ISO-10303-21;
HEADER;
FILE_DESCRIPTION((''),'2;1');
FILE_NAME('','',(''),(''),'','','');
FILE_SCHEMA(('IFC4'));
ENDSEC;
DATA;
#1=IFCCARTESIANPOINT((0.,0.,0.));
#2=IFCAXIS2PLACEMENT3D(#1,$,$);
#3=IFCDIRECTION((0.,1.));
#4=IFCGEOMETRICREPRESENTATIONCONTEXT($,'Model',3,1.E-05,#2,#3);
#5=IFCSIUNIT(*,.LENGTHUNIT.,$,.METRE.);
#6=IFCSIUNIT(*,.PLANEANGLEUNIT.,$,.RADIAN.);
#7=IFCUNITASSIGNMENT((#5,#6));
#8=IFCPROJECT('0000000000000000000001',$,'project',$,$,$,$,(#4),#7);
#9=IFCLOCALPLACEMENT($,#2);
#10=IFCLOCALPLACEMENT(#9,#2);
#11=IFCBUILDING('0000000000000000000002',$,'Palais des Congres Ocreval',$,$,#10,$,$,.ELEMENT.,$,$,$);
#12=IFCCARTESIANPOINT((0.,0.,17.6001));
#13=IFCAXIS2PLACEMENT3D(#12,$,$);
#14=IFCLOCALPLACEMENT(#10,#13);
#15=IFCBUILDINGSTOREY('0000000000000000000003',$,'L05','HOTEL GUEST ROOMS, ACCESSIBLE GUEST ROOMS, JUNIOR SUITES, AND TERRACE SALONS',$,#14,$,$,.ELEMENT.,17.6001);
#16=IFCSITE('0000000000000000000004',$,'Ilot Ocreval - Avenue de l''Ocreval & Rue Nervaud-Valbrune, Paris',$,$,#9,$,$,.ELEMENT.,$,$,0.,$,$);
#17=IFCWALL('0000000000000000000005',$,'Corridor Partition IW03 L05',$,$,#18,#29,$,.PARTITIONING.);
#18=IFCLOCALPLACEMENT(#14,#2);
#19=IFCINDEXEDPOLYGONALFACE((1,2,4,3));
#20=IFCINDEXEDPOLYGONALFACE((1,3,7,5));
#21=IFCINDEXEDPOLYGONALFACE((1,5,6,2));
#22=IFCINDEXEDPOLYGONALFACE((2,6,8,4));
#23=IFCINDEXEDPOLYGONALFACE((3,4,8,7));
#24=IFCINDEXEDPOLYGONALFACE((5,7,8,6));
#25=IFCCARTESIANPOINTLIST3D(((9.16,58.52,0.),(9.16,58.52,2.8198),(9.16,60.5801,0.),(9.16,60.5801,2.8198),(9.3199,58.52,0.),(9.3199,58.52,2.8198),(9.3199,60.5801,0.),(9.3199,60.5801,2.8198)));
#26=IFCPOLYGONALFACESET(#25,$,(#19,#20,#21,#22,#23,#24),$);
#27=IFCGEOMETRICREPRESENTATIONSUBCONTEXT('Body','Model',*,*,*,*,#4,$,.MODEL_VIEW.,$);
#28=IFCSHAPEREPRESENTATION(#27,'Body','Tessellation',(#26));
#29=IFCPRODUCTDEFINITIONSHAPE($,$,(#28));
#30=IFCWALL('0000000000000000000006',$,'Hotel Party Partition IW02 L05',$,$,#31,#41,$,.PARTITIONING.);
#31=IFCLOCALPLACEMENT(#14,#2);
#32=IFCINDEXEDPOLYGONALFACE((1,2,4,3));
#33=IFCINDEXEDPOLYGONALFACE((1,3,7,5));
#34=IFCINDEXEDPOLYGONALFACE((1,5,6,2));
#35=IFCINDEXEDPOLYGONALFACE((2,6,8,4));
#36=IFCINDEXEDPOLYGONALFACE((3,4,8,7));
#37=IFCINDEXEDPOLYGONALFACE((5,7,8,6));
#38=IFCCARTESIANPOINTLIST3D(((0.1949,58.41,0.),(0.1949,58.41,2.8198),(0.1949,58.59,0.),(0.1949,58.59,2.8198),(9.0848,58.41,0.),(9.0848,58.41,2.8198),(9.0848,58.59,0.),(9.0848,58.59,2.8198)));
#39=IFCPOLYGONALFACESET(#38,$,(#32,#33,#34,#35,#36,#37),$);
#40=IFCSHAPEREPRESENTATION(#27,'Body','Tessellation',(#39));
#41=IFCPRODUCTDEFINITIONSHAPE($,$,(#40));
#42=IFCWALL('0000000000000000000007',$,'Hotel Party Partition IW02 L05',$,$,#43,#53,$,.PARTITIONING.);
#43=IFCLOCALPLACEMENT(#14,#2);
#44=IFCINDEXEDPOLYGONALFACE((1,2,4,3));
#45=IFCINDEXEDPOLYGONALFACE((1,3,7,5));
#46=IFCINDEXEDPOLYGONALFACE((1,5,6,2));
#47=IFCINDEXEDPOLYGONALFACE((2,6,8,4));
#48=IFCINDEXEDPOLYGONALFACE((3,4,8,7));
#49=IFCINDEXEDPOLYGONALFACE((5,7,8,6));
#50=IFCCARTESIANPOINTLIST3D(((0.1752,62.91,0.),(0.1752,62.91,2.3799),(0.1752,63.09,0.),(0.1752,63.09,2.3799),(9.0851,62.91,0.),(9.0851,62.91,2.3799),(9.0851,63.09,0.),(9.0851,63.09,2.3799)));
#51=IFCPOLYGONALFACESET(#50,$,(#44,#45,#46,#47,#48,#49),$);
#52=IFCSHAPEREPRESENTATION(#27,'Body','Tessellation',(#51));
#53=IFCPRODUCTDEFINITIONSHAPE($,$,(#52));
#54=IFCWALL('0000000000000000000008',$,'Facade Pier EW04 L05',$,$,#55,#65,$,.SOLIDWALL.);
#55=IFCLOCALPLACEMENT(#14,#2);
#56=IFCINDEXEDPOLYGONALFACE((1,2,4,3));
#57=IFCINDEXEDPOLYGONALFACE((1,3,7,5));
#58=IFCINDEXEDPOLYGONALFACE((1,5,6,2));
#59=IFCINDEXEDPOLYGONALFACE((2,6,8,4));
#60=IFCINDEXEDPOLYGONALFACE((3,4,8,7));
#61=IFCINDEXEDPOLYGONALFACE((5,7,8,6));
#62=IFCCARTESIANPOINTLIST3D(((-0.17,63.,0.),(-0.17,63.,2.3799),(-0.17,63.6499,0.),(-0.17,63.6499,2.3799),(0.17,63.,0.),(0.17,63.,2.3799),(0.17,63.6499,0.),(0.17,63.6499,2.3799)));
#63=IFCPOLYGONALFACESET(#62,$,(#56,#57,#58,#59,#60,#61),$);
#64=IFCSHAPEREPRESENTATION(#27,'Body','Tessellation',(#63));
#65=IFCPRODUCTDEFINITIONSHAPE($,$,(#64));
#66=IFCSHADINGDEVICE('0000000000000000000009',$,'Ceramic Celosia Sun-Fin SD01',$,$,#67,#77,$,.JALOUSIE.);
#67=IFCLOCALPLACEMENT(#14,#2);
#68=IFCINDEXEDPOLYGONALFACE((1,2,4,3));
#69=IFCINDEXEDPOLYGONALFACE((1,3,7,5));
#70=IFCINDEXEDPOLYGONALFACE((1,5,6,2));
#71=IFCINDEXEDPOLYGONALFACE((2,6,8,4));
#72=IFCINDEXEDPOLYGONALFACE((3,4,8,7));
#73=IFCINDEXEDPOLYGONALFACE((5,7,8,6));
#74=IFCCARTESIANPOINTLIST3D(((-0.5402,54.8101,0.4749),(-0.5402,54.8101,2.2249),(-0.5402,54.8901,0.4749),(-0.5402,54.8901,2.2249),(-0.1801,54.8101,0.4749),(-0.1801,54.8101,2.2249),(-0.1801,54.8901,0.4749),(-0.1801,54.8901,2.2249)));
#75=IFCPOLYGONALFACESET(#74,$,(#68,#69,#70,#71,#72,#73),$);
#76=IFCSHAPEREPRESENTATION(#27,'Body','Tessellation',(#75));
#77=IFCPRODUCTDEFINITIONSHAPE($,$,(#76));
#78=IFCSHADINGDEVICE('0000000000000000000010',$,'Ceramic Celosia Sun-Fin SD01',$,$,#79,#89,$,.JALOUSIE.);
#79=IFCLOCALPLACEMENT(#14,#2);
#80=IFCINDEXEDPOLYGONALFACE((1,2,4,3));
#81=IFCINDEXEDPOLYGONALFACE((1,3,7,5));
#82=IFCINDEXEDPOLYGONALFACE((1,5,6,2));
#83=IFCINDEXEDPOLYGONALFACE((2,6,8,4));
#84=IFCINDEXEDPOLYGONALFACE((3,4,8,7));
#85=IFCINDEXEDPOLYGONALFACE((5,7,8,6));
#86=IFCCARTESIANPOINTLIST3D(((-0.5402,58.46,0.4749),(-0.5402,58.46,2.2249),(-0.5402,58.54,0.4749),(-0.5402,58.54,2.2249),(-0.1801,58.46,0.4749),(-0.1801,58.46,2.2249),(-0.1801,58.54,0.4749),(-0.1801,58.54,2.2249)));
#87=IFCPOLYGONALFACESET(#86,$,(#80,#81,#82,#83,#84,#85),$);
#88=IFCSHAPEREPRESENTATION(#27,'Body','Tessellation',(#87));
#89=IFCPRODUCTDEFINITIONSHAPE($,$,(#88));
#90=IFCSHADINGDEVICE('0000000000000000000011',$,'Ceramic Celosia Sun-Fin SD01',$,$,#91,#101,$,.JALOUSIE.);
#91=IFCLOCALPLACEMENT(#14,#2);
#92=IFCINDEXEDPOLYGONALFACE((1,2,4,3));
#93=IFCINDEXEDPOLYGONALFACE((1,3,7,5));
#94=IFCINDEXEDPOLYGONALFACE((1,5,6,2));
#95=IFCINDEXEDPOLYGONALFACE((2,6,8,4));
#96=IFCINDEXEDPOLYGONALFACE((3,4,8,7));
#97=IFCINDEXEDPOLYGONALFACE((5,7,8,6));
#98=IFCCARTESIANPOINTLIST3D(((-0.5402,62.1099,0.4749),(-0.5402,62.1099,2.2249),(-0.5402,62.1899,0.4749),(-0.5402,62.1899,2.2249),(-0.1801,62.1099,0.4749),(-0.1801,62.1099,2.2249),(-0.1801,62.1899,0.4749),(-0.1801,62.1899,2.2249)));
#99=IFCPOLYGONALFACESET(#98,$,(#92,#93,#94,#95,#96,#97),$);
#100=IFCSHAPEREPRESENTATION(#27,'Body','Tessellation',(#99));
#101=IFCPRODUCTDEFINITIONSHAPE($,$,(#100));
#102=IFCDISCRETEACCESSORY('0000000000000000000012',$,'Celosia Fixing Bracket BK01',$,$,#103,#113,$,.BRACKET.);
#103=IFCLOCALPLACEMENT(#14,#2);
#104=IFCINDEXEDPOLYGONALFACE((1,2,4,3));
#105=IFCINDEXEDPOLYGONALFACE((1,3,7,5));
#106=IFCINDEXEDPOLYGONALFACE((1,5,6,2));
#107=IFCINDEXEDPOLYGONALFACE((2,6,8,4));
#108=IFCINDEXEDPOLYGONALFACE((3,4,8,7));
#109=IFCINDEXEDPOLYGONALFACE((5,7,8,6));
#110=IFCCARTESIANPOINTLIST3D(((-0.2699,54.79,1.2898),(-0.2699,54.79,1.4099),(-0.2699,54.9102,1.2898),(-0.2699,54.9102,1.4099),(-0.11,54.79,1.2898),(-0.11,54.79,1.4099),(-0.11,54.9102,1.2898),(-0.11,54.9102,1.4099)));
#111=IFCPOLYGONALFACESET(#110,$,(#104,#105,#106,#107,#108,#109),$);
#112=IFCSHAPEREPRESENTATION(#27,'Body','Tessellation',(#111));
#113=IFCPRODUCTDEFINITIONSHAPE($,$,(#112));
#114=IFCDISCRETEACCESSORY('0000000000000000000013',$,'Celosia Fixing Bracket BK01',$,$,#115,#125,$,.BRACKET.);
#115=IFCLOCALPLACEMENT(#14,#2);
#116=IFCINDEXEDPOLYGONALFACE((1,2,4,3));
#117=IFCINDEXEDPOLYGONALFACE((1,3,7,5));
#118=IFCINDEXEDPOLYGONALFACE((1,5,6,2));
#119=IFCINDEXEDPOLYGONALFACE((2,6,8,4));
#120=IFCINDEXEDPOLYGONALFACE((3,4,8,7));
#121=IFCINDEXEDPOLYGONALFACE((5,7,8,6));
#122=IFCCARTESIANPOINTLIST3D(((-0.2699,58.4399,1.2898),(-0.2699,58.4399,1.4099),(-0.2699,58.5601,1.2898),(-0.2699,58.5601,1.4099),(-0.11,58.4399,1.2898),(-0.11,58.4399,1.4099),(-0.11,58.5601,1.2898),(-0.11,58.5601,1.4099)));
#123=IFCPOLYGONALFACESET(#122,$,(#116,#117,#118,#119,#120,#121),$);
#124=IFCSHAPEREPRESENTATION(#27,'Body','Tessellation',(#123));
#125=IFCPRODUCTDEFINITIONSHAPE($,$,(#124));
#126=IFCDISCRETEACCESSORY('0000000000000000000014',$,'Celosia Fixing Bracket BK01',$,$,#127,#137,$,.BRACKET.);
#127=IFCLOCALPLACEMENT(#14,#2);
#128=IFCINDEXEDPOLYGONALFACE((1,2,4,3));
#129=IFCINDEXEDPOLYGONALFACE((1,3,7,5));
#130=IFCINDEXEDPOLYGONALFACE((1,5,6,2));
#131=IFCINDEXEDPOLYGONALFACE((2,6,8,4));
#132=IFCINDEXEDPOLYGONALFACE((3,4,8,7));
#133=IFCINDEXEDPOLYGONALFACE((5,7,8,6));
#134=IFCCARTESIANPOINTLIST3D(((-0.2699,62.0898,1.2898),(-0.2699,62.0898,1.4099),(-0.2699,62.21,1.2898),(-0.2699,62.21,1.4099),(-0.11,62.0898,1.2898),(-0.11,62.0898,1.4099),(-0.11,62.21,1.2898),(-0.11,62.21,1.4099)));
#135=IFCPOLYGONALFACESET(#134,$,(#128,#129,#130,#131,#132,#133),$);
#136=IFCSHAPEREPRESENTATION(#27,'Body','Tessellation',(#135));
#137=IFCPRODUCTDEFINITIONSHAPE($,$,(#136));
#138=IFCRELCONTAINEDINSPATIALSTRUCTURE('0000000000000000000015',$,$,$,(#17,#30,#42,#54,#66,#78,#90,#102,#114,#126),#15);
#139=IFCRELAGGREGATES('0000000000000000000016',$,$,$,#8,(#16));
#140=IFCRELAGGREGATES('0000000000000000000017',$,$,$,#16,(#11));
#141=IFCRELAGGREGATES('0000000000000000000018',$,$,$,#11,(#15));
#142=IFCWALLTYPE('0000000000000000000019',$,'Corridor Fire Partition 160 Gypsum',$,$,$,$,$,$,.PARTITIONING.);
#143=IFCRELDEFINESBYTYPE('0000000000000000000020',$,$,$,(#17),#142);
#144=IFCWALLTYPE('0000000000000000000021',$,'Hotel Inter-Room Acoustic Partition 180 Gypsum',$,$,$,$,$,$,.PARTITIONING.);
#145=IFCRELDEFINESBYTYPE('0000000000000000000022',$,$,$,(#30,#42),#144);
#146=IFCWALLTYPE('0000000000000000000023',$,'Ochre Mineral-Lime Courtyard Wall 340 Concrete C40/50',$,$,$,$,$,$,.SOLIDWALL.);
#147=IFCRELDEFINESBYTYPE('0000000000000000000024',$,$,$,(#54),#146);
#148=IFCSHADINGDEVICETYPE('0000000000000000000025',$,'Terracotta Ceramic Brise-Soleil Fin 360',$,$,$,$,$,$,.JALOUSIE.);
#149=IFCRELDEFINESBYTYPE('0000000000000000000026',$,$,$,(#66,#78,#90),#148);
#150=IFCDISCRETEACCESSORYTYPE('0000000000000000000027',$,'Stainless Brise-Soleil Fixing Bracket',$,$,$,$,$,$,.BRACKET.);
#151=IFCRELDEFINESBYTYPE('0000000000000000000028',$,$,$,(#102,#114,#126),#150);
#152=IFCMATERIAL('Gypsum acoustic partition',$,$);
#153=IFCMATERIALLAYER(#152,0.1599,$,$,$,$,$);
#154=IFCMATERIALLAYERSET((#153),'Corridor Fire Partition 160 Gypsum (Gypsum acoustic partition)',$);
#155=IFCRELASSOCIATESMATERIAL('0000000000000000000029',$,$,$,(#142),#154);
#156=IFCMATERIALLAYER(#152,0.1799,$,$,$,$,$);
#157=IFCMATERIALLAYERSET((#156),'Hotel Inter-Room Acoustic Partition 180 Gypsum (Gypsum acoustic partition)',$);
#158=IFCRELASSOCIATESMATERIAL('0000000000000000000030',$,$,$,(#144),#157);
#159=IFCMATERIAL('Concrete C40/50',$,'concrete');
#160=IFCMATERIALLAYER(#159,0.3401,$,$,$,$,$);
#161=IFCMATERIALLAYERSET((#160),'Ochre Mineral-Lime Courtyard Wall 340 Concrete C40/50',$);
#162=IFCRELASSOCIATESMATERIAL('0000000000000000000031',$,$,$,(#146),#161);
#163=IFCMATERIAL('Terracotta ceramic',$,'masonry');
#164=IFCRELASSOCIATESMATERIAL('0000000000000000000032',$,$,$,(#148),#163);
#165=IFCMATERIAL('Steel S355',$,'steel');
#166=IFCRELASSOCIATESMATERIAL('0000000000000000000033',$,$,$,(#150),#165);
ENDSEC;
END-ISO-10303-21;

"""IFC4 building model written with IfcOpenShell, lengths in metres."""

from ifc_helpers import new_model, si_unit, direction, frame, frame_2d, origin, origin_2d, place, context, subcontext, project, spatial, rectangle, extrude, material, layer, layer_set, type_object, element, save


model = new_model("IFC4")

# Units and contexts
model_context = context("Model", 3, precision=1e-05, world=origin(), true_north=direction((0.0, 1.0)))
body_context = subcontext(model_context, "Body", "Model", "MODEL_VIEW")
ifc_project = project(units=[si_unit("LENGTHUNIT", "METRE"), si_unit("PLANEANGLEUNIT", "RADIAN")], contexts=[model_context])

# Site, building, storey
site_placement = place(None, origin())
site = spatial("IfcSite", under=ifc_project, at=site_placement, Name="Ilot Ocreval - Avenue de l'Ocreval & Rue Nervaud-Valbrune, Paris", CompositionType="ELEMENT", RefElevation=0.0)
building_placement = place(site_placement, origin())
building = spatial("IfcBuilding", under=site, at=building_placement, Name="Palais des Congres Ocreval", CompositionType="ELEMENT")
storey_placement = place(building_placement, frame((0.0, 0.0, 17.6001)))
storey = spatial("IfcBuildingStorey", under=building, at=storey_placement, Name="L05", Description="HOTEL GUEST ROOMS, ACCESSIBLE GUEST ROOMS, JUNIOR SUITES, AND TERRACE SALONS", CompositionType="ELEMENT", Elevation=17.6001)

# Shared definitions
ifc_material_1 = material(Name="Steel S355", Category="steel")
ifc_material_2 = material(Name="Concrete C40/50", Category="concrete")

# Wall
ifc_material_3 = material(Name="Gypsum acoustic partition")
ifc_layer_1 = layer(ifc_material_3, 0.1599)
ifc_layer_set_1 = layer_set([ifc_layer_1], Name="Corridor Fire Partition 160 Gypsum (Gypsum acoustic partition)")
wall_type_1 = type_object("IfcWallType", Name="Corridor Fire Partition 160 Gypsum", PredefinedType="PARTITIONING", material=ifc_layer_set_1)
wall_1_placement = place(storey_placement, frame((9.24, 58.52, 0.0), z_axis=(0.0, 0.0, 1.0), x_axis=(0.0, 1.0, 0.0)))
element("IfcWall", 1, at=wall_1_placement, inside=storey, type_object=wall_type_1, Name="Corridor Partition IW03 L05", PredefinedType="PARTITIONING", context=body_context, shape_type="SweptSolid", body=[
    extrude(rectangle(XDim=2.0601, YDim=0.1599, at=frame_2d((1.03, 0.0))), origin(), (0.0, 0.0, 1.0), 2.8198),
])

# Walls
ifc_layer_2 = layer(ifc_material_3, 0.1799)
ifc_layer_set_2 = layer_set([ifc_layer_2], Name="Hotel Inter-Room Acoustic Partition 180 Gypsum (Gypsum acoustic partition)")
wall_type_2 = type_object("IfcWallType", Name="Hotel Inter-Room Acoustic Partition 180 Gypsum", PredefinedType="PARTITIONING", material=ifc_layer_set_2)
wall_2_placement = place(storey_placement, frame((0.1951, 58.5, 0.0), z_axis=(0.0, 0.0, 1.0), x_axis=(1.0, 0.0, 0.0)))
element("IfcWall", 2, at=wall_2_placement, inside=storey, type_object=wall_type_2, Name="Hotel Party Partition IW02 L05", PredefinedType="PARTITIONING", context=body_context, shape_type="SweptSolid", body=[
    extrude(rectangle(XDim=8.8899, YDim=0.1799, at=frame_2d((4.4448, 0.0))), origin(), (0.0, 0.0, 1.0), 2.8198),
])
wall_3_placement = place(storey_placement, frame((0.175, 63.0, 0.0), z_axis=(0.0, 0.0, 1.0), x_axis=(1.0, 0.0, 0.0)))
element("IfcWall", 3, at=wall_3_placement, inside=storey, type_object=wall_type_2, Name="Hotel Party Partition IW02 L05", PredefinedType="PARTITIONING", context=body_context, shape_type="SweptSolid", body=[
    extrude(rectangle(XDim=8.9099, YDim=0.1799, at=frame_2d((4.4551, 0.0))), origin(), (0.0, 0.0, 1.0), 2.3799),
])
ifc_layer_3 = layer(ifc_material_2, 0.3401)
ifc_layer_set_3 = layer_set([ifc_layer_3], Name="Ochre Mineral-Lime Courtyard Wall 340 Concrete C40/50")
wall_type_3 = type_object("IfcWallType", Name="Ochre Mineral-Lime Courtyard Wall 340 Concrete C40/50", PredefinedType="SOLIDWALL", material=ifc_layer_set_3)
wall_4_placement = place(storey_placement, frame((0.0, 63.0, 0.0), z_axis=(0.0, 0.0, 1.0), x_axis=(0.0, 1.0, 0.0)))
element("IfcWall", 4, at=wall_4_placement, inside=storey, type_object=wall_type_3, Name="Facade Pier EW04 L05", PredefinedType="SOLIDWALL", context=body_context, shape_type="SweptSolid", body=[
    extrude(rectangle(XDim=0.6499, YDim=0.3401, at=frame_2d((0.325, 0.0))), origin(), (0.0, 0.0, 1.0), 2.3799),
])

# Shading devices
ifc_material_4 = material(Name="Terracotta ceramic", Category="masonry")
shading_device_type = type_object("IfcShadingDeviceType", Name="Terracotta Ceramic Brise-Soleil Fin 360", PredefinedType="JALOUSIE", material=ifc_material_4)
for number, where, z_axis, x_axis, name in (
    (5, (-0.3601, 54.8501, 0.4749), (0.0, 0.0, 1.0), (-1.0, 0.0, 0.0), "Ceramic Celosia Sun-Fin SD01"),
    (6, (-0.3601, 58.5, 0.4749), (0.0, 0.0, 1.0), (-1.0, 0.0, 0.0), "Ceramic Celosia Sun-Fin SD01"),
    (7, (-0.3601, 62.1499, 0.4749), (0.0, 0.0, 1.0), (-1.0, 0.0, 0.0), "Ceramic Celosia Sun-Fin SD01"),
):
    element("IfcShadingDevice", number, at=place(storey_placement, frame(where, z_axis=z_axis, x_axis=x_axis)), inside=storey, type_object=shading_device_type, Name=name, PredefinedType="JALOUSIE", context=body_context, shape_type="SweptSolid", body=[
        extrude(rectangle(XDim=0.3601, YDim=0.0801, at=origin_2d()), origin(), (0.0, 0.0, 1.0), 1.75),
    ])

# Discrete accessories
discrete_accessory_type = type_object("IfcDiscreteAccessoryType", Name="Stainless Brise-Soleil Fixing Bracket", PredefinedType="BRACKET", material=ifc_material_1)
for number, where, z_axis, x_axis, name in (
    (8, (-0.1899, 54.8501, 1.2898), (0.0, 0.0, 1.0), (-1.0, 0.0, 0.0), "Celosia Fixing Bracket BK01"),
    (9, (-0.1899, 58.5, 1.2898), (0.0, 0.0, 1.0), (-1.0, 0.0, 0.0), "Celosia Fixing Bracket BK01"),
    (10, (-0.1899, 62.1499, 1.2898), (0.0, 0.0, 1.0), (-1.0, 0.0, 0.0), "Celosia Fixing Bracket BK01"),
):
    element("IfcDiscreteAccessory", number, at=place(storey_placement, frame(where, z_axis=z_axis, x_axis=x_axis)), inside=storey, type_object=discrete_accessory_type, Name=name, PredefinedType="BRACKET", context=body_context, shape_type="SweptSolid", body=[
        extrude(rectangle(XDim=0.1599, YDim=0.1201, at=origin_2d()), origin(), (0.0, 0.0, 1.0), 0.1201),
    ])

save(model, "model.ifc")
